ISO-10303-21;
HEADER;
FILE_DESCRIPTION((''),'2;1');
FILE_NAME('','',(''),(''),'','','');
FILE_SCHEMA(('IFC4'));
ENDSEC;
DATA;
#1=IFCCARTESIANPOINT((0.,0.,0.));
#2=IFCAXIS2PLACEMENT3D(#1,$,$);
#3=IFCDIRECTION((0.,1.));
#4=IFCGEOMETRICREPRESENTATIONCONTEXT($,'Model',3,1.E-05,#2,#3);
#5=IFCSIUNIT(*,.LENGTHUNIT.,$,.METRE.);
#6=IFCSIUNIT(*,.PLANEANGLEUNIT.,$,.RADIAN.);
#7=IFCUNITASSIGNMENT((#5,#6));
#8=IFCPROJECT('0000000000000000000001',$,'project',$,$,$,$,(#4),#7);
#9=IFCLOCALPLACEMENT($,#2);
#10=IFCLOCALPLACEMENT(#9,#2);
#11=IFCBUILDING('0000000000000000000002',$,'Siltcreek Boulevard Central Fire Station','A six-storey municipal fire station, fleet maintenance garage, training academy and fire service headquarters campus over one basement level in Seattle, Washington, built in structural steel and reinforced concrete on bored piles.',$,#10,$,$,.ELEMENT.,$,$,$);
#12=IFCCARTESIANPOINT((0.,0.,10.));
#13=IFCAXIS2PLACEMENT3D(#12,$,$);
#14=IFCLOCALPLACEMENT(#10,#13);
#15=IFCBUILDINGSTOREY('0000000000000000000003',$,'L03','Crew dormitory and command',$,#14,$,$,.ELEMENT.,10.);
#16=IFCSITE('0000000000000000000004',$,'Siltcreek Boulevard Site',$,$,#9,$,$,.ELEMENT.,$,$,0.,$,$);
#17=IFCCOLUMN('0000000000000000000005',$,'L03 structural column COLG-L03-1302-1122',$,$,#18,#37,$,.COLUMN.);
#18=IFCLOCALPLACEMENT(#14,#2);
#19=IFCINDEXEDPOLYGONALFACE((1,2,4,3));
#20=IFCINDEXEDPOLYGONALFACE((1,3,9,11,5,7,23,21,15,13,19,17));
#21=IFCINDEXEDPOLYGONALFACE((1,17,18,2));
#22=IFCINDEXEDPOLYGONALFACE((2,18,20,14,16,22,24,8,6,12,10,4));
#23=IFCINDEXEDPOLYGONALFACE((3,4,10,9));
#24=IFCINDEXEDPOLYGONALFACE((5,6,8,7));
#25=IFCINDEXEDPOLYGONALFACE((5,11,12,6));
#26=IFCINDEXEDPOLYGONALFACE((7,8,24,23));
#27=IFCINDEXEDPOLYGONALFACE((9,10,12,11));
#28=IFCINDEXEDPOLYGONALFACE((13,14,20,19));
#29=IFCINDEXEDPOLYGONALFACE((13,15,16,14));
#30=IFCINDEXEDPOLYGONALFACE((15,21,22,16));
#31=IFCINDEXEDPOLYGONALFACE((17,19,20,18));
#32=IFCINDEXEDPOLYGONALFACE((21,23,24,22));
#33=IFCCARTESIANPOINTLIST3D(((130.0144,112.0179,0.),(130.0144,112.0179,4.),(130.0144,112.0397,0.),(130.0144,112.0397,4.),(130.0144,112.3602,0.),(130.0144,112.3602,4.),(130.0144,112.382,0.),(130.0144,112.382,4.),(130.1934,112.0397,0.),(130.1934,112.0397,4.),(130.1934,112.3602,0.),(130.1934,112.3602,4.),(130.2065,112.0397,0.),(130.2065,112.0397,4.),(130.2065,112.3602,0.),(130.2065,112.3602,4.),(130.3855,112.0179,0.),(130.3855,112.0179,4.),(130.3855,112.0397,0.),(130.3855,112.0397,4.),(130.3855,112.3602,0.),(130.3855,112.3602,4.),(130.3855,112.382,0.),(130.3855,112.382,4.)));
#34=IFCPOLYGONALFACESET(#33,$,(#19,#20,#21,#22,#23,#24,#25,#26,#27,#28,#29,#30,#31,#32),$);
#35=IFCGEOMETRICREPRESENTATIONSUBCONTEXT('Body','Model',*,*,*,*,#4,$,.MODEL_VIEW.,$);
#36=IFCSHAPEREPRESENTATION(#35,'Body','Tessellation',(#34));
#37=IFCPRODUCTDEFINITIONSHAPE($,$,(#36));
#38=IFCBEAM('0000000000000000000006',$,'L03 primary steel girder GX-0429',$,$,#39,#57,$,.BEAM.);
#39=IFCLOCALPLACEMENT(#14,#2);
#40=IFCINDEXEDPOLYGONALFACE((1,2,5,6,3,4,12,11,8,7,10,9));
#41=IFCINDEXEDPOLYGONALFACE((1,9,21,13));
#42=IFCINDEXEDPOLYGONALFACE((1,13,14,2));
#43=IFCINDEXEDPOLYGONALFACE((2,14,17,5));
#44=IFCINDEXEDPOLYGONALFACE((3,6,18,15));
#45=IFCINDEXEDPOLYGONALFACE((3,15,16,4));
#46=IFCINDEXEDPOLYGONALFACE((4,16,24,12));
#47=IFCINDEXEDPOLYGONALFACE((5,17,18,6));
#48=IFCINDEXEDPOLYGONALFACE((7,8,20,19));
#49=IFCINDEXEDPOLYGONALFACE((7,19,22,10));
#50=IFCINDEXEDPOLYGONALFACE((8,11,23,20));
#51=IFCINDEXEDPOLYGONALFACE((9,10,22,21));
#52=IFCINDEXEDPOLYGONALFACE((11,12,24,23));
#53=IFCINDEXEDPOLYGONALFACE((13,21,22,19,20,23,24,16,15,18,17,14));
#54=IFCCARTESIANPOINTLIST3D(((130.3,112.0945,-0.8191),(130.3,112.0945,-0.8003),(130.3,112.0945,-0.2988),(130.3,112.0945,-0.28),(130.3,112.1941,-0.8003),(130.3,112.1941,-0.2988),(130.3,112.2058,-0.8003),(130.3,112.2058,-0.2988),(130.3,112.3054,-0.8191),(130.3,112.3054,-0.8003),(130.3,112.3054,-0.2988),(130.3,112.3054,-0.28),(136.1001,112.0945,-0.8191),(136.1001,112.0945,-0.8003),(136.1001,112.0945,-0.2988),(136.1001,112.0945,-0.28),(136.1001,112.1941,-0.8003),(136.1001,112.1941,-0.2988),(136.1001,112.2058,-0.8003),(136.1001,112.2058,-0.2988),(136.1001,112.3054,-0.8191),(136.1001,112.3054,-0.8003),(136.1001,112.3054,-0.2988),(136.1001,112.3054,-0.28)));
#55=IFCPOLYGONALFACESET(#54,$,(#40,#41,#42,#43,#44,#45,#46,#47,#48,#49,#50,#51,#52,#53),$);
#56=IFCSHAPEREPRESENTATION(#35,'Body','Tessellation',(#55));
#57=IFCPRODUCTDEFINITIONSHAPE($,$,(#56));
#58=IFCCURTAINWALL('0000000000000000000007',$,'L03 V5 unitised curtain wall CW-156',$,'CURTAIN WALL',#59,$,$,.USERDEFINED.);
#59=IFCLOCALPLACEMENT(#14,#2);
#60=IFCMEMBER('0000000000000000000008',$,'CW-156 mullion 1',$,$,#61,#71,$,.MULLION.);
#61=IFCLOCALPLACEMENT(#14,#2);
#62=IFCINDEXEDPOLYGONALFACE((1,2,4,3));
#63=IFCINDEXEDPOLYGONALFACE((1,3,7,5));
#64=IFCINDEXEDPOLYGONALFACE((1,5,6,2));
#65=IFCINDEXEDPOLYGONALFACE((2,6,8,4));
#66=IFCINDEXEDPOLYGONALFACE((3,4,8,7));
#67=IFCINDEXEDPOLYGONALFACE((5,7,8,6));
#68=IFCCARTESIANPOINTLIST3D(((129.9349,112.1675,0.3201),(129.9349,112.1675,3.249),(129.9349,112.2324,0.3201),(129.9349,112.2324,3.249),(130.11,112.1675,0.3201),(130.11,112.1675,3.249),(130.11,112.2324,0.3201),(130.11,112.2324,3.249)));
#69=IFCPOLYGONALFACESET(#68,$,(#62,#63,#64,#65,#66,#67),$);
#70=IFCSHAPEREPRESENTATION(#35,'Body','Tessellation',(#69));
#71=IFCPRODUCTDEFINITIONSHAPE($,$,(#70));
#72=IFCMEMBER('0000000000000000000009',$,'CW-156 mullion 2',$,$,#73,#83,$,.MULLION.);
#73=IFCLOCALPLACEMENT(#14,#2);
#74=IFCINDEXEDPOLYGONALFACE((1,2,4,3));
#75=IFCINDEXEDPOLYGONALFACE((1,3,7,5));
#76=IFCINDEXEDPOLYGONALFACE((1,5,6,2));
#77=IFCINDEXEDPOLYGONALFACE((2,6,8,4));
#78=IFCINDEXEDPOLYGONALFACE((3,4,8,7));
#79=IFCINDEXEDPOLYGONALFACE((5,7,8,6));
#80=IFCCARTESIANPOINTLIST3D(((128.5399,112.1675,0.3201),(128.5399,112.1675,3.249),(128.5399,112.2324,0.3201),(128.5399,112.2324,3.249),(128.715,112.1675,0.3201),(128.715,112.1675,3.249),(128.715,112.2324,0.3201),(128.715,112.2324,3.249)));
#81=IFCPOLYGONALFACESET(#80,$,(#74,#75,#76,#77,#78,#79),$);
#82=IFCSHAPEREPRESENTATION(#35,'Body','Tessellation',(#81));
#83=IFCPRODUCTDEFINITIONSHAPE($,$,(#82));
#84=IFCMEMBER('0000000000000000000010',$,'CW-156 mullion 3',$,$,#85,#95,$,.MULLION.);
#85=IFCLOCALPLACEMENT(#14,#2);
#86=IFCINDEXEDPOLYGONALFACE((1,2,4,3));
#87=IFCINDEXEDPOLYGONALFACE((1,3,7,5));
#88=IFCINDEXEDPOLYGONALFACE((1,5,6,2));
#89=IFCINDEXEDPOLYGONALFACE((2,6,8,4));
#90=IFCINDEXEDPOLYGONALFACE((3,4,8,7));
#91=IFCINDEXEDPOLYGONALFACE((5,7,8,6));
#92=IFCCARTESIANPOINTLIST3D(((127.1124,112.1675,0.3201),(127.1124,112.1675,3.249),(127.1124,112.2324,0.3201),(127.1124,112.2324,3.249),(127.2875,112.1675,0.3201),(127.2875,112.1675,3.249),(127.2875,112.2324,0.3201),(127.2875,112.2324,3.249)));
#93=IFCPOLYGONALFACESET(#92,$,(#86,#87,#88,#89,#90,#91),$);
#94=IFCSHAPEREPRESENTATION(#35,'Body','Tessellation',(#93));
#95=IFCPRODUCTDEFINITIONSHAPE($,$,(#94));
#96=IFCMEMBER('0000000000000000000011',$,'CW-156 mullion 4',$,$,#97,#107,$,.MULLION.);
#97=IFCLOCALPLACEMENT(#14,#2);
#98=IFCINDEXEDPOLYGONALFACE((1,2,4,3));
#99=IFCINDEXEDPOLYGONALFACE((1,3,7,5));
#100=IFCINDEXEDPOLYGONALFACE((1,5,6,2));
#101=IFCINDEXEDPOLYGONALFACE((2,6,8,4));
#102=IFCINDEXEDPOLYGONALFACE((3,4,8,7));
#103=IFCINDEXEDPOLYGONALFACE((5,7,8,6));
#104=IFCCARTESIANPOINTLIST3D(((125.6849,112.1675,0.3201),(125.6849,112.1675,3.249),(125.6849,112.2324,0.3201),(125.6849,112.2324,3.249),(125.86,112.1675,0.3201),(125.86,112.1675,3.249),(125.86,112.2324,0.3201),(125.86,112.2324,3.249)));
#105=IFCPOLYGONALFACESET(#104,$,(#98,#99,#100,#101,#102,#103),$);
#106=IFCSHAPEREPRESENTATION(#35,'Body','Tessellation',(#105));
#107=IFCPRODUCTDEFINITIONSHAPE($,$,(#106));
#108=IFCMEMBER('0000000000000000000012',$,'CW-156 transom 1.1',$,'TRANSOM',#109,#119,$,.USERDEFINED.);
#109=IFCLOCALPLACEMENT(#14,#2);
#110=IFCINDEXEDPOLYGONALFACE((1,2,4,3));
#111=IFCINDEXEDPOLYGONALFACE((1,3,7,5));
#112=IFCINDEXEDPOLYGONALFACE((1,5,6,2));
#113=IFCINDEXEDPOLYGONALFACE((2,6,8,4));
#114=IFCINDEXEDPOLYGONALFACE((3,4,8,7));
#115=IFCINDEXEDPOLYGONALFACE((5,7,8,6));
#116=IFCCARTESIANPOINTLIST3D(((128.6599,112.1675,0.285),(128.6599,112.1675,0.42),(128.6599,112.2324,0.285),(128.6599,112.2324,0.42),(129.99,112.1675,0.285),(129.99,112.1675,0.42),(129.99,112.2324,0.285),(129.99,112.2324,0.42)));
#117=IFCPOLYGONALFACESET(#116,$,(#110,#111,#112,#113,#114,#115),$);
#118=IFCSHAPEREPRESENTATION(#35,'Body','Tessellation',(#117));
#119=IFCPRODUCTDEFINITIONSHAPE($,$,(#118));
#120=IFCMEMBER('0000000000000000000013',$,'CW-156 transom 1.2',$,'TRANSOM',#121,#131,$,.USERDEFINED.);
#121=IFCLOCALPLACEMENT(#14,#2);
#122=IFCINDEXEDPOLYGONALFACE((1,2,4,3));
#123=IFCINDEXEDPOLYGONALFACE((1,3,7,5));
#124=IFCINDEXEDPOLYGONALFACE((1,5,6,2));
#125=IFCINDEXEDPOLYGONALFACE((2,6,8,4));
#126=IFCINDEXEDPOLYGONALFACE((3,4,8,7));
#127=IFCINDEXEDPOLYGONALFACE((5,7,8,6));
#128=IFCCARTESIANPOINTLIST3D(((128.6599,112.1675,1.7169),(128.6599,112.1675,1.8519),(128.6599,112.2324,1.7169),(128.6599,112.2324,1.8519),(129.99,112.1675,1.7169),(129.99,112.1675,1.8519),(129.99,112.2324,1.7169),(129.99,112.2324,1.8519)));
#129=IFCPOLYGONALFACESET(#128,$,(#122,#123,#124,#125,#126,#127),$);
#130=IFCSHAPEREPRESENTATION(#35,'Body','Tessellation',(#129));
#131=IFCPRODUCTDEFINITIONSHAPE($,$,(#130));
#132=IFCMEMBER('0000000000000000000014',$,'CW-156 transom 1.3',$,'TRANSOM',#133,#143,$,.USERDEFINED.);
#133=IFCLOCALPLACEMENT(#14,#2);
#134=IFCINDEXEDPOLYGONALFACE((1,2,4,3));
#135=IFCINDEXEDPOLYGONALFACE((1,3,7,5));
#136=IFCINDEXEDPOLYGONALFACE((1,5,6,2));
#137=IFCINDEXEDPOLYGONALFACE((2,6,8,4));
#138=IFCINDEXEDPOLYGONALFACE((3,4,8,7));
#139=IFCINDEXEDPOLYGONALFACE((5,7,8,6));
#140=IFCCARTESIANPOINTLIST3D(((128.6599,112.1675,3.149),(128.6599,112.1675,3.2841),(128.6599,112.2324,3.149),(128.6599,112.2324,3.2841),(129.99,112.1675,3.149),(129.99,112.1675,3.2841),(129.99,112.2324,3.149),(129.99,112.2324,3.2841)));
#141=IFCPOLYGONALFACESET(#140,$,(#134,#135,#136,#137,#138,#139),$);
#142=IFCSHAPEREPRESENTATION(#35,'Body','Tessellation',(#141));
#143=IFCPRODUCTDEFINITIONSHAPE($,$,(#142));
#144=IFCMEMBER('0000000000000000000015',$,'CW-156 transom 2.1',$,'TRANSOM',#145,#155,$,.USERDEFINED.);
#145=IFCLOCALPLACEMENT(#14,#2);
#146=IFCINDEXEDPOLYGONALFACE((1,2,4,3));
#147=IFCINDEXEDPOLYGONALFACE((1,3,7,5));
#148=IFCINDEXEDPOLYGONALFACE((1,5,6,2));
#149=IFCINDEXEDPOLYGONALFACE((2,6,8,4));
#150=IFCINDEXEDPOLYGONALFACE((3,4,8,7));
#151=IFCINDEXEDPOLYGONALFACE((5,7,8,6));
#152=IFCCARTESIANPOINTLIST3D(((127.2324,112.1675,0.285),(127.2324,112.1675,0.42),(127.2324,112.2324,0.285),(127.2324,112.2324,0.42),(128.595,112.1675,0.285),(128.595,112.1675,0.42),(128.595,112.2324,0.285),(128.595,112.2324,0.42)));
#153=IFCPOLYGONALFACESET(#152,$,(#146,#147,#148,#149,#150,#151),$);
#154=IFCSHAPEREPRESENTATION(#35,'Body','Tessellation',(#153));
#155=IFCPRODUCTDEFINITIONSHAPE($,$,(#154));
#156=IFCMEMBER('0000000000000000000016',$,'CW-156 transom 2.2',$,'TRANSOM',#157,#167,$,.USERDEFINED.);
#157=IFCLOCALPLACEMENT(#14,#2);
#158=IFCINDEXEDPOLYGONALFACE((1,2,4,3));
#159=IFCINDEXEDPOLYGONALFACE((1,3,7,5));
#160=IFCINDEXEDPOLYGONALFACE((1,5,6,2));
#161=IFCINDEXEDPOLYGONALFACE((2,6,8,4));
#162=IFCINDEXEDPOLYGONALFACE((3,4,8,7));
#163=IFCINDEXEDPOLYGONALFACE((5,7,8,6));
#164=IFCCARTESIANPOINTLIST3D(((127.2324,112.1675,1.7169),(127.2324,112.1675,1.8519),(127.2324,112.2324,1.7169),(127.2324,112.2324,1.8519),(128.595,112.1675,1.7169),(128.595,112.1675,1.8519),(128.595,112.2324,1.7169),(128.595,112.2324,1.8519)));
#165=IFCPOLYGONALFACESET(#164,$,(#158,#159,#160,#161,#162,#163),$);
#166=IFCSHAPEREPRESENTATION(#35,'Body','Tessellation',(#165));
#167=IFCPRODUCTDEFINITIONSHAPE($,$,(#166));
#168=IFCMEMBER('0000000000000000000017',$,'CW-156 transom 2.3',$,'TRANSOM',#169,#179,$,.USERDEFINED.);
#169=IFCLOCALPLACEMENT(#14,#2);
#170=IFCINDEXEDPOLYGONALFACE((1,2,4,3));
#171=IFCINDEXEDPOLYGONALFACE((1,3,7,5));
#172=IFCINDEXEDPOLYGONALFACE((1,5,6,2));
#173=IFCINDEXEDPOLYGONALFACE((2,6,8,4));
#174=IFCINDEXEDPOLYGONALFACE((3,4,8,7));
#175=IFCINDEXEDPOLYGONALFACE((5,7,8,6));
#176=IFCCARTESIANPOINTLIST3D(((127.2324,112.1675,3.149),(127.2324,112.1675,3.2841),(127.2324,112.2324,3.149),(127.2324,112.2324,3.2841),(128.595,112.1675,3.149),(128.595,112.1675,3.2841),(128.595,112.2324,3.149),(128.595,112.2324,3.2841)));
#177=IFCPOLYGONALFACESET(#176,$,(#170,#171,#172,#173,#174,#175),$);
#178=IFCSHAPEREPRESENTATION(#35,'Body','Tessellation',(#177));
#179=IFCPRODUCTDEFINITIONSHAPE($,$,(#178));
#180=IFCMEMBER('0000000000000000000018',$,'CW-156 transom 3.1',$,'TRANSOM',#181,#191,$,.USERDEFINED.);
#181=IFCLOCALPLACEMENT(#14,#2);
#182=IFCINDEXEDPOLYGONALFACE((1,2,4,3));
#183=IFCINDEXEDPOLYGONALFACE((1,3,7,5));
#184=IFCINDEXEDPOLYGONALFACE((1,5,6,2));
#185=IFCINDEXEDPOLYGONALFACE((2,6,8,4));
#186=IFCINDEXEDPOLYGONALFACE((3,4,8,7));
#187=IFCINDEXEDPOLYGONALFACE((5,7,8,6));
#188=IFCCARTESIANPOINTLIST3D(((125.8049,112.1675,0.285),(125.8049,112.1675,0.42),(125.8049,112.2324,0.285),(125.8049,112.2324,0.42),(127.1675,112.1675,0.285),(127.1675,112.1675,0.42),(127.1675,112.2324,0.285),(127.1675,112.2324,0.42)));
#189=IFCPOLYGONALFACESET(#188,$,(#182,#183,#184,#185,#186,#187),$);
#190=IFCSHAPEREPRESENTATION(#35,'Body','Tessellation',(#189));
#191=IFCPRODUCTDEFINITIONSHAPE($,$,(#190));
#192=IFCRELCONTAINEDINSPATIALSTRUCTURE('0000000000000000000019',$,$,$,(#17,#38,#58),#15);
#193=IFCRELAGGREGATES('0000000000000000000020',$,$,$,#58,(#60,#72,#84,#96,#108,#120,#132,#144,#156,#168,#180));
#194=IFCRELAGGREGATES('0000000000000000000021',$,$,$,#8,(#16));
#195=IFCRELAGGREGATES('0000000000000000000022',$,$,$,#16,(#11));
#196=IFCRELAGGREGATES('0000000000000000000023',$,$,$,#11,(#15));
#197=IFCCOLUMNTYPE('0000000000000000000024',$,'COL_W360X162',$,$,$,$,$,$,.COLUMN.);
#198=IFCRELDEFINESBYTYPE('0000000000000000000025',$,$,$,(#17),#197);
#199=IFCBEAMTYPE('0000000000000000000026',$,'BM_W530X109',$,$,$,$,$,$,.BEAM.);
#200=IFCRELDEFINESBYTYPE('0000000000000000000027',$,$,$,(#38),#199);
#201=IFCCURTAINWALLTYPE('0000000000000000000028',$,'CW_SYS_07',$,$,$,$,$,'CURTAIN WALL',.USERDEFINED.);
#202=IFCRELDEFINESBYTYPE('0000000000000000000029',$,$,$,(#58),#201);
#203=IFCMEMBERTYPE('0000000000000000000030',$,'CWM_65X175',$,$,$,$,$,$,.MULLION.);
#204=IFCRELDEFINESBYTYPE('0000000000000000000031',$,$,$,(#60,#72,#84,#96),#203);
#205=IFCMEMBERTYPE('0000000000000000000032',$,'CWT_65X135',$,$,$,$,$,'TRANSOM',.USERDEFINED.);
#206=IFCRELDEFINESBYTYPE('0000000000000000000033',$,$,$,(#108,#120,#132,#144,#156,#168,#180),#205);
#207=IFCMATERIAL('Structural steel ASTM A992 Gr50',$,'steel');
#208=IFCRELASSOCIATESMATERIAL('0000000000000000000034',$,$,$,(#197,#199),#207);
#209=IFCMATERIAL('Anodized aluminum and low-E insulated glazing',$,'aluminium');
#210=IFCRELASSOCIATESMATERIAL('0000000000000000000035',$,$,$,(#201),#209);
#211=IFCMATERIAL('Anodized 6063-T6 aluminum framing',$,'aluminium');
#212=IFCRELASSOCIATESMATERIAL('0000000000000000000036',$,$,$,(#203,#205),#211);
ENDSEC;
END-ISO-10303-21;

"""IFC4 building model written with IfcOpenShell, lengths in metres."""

from ifc_helpers import new_model, si_unit, direction, frame, origin, origin_2d, place, context, subcontext, project, spatial, rectangle, i_section, extrude, material, material_profile, profile_set, type_object, element, aggregate, save


model = new_model("IFC4")

# Units and contexts
model_context = context("Model", 3, precision=1e-05, world=origin(), true_north=direction((0.0, 1.0)))
body_context = subcontext(model_context, "Body", "Model", "MODEL_VIEW")
ifc_project = project(units=[si_unit("LENGTHUNIT", "METRE"), si_unit("PLANEANGLEUNIT", "RADIAN")], contexts=[model_context])

# Site, building, storey
site_placement = place(None, origin())
site = spatial("IfcSite", under=ifc_project, at=site_placement, Name="Siltcreek Boulevard Site", CompositionType="ELEMENT", RefElevation=0.0)
building_placement = place(site_placement, origin())
building = spatial("IfcBuilding", under=site, at=building_placement, Name="Siltcreek Boulevard Central Fire Station", Description="A six-storey municipal fire station, fleet maintenance garage, training academy and fire service headquarters campus over one basement level in Seattle, Washington, built in structural steel and reinforced concrete on bored piles.", CompositionType="ELEMENT")
storey_placement = place(building_placement, frame((0.0, 0.0, 10.0)))
storey = spatial("IfcBuildingStorey", under=building, at=storey_placement, Name="L03", Description="Crew dormitory and command", CompositionType="ELEMENT", Elevation=10.0)

# Column
ifc_material_1 = material(Name="Structural steel ASTM A992 Gr50", Category="steel")
ifc_material_profile_1 = material_profile(ifc_material_1, i_section(OverallWidth=0.3711, OverallDepth=0.364, WebThickness=0.0132, FlangeThickness=0.0217, at=origin_2d()), Name="W360X162")
ifc_profile_set_1 = profile_set([ifc_material_profile_1], Name="Structural steel ASTM A992 Gr50")
column_type = type_object("IfcColumnType", Name="COL_W360X162", PredefinedType="COLUMN", material=ifc_profile_set_1)
column_placement = place(storey_placement, frame((130.2, 112.2, 0.0), z_axis=(0.0, 0.0, 1.0), x_axis=(1.0, 0.0, 0.0)))
element("IfcColumn", 1, at=column_placement, inside=storey, type_object=column_type, Name="L03 structural column COLG-L03-1302-1122", PredefinedType="COLUMN", context=body_context, shape_type="SweptSolid", body=[
    extrude(i_section(OverallWidth=0.3711, OverallDepth=0.364, WebThickness=0.0132, FlangeThickness=0.0217, at=origin_2d()), origin(), (0.0, 0.0, 1.0), 4.0),
])

# Beam
ifc_material_profile_2 = material_profile(ifc_material_1, i_section(OverallWidth=0.2109, OverallDepth=0.5391, WebThickness=0.0117, FlangeThickness=0.0188, at=origin_2d()), Name="W530X109")
ifc_profile_set_2 = profile_set([ifc_material_profile_2], Name="Structural steel ASTM A992 Gr50")
beam_type = type_object("IfcBeamType", Name="BM_W530X109", PredefinedType="BEAM", material=ifc_profile_set_2)
beam_placement = place(storey_placement, frame((130.3, 112.2, -0.5496), z_axis=(1.0, 0.0, 0.0), x_axis=(0.0, 1.0, 0.0)))
element("IfcBeam", 2, at=beam_placement, inside=storey, type_object=beam_type, Name="L03 primary steel girder GX-0429", PredefinedType="BEAM", context=body_context, shape_type="SweptSolid", body=[
    extrude(i_section(OverallWidth=0.2109, OverallDepth=0.5391, WebThickness=0.0117, FlangeThickness=0.0188, at=origin_2d()), origin(), (0.0, 0.0, 1.0), 5.8),
])

# Curtain wall, members
ifc_material_2 = material(Name="Anodized aluminum and low-E insulated glazing", Category="aluminium")
curtain_wall_type = type_object("IfcCurtainWallType", Name="CW_SYS_07", ElementType="CURTAIN WALL", PredefinedType="USERDEFINED", material=ifc_material_2)
curtain_wall_placement = place(storey_placement, origin())
curtain_wall = element("IfcCurtainWall", 3, at=curtain_wall_placement, inside=storey, type_object=curtain_wall_type, Name="L03 V5 unitised curtain wall CW-156", ObjectType="CURTAIN WALL", PredefinedType="USERDEFINED")
ifc_material_3 = material(Name="Anodized 6063-T6 aluminum framing", Category="aluminium")
ifc_material_profile_3 = material_profile(ifc_material_3, rectangle(XDim=0.0649, YDim=0.175, at=origin_2d()), Name="MULL65X175")
ifc_profile_set_3 = profile_set([ifc_material_profile_3], Name="Anodized 6063-T6 aluminum framing")
member_type_1 = type_object("IfcMemberType", Name="CWM_65X175", PredefinedType="MULLION", material=ifc_profile_set_3)
member_1_placement = place(storey_placement, frame((130.0225, 112.2, 0.3201), z_axis=(0.0, 0.0, 1.0), x_axis=(0.0, -1.0, 0.0)))
member_1 = element("IfcMember", 4, at=member_1_placement, type_object=member_type_1, Name="CW-156 mullion 1", PredefinedType="MULLION", context=body_context, shape_type="SweptSolid", body=[
    extrude(rectangle(XDim=0.0649, YDim=0.175, at=origin_2d()), origin(), (0.0, 0.0, 1.0), 2.929),
])
member_2_placement = place(storey_placement, frame((128.6274, 112.2, 0.3201), z_axis=(0.0, 0.0, 1.0), x_axis=(0.0, -1.0, 0.0)))
member_2 = element("IfcMember", 5, at=member_2_placement, type_object=member_type_1, Name="CW-156 mullion 2", PredefinedType="MULLION", context=body_context, shape_type="SweptSolid", body=[
    extrude(rectangle(XDim=0.0649, YDim=0.175, at=origin_2d()), origin(), (0.0, 0.0, 1.0), 2.929),
])
member_3_placement = place(storey_placement, frame((127.2, 112.2, 0.3201), z_axis=(0.0, 0.0, 1.0), x_axis=(0.0, -1.0, 0.0)))
member_3 = element("IfcMember", 6, at=member_3_placement, type_object=member_type_1, Name="CW-156 mullion 3", PredefinedType="MULLION", context=body_context, shape_type="SweptSolid", body=[
    extrude(rectangle(XDim=0.0649, YDim=0.175, at=origin_2d()), origin(), (0.0, 0.0, 1.0), 2.929),
])
member_4_placement = place(storey_placement, frame((125.7725, 112.2, 0.3201), z_axis=(0.0, 0.0, 1.0), x_axis=(0.0, -1.0, 0.0)))
member_4 = element("IfcMember", 7, at=member_4_placement, type_object=member_type_1, Name="CW-156 mullion 4", PredefinedType="MULLION", context=body_context, shape_type="SweptSolid", body=[
    extrude(rectangle(XDim=0.0649, YDim=0.175, at=origin_2d()), origin(), (0.0, 0.0, 1.0), 2.929),
])
ifc_material_profile_4 = material_profile(ifc_material_3, rectangle(XDim=0.0649, YDim=0.135, at=origin_2d()), Name="TRAN65X135")
ifc_profile_set_4 = profile_set([ifc_material_profile_4], Name="Anodized 6063-T6 aluminum framing")
member_type_2 = type_object("IfcMemberType", Name="CWT_65X135", ElementType="TRANSOM", PredefinedType="USERDEFINED", material=ifc_profile_set_4)
member_5_placement = place(storey_placement, frame((129.99, 112.2, 0.3525), z_axis=(-1.0, 0.0, 0.0), x_axis=(0.0, -1.0, 0.0)))
member_5 = element("IfcMember", 8, at=member_5_placement, type_object=member_type_2, Name="CW-156 transom 1.1", ObjectType="TRANSOM", PredefinedType="USERDEFINED", context=body_context, shape_type="SweptSolid", body=[
    extrude(rectangle(XDim=0.0649, YDim=0.135, at=origin_2d()), origin(), (0.0, 0.0, 1.0), 1.3301),
])
member_6_placement = place(storey_placement, frame((129.99, 112.2, 1.7844), z_axis=(-1.0, 0.0, 0.0), x_axis=(0.0, -1.0, 0.0)))
member_6 = element("IfcMember", 9, at=member_6_placement, type_object=member_type_2, Name="CW-156 transom 1.2", ObjectType="TRANSOM", PredefinedType="USERDEFINED", context=body_context, shape_type="SweptSolid", body=[
    extrude(rectangle(XDim=0.0649, YDim=0.135, at=origin_2d()), origin(), (0.0, 0.0, 1.0), 1.3301),
])
member_7_placement = place(storey_placement, frame((129.99, 112.2, 3.2166), z_axis=(-1.0, 0.0, 0.0), x_axis=(0.0, -1.0, 0.0)))
member_7 = element("IfcMember", 10, at=member_7_placement, type_object=member_type_2, Name="CW-156 transom 1.3", ObjectType="TRANSOM", PredefinedType="USERDEFINED", context=body_context, shape_type="SweptSolid", body=[
    extrude(rectangle(XDim=0.0649, YDim=0.135, at=origin_2d()), origin(), (0.0, 0.0, 1.0), 1.3301),
])
member_8_placement = place(storey_placement, frame((128.595, 112.2, 0.3525), z_axis=(-1.0, 0.0, 0.0), x_axis=(0.0, -1.0, 0.0)))
member_8 = element("IfcMember", 11, at=member_8_placement, type_object=member_type_2, Name="CW-156 transom 2.1", ObjectType="TRANSOM", PredefinedType="USERDEFINED", context=body_context, shape_type="SweptSolid", body=[
    extrude(rectangle(XDim=0.0649, YDim=0.135, at=origin_2d()), origin(), (0.0, 0.0, 1.0), 1.3625),
])
member_9_placement = place(storey_placement, frame((128.595, 112.2, 1.7844), z_axis=(-1.0, 0.0, 0.0), x_axis=(0.0, -1.0, 0.0)))
member_9 = element("IfcMember", 12, at=member_9_placement, type_object=member_type_2, Name="CW-156 transom 2.2", ObjectType="TRANSOM", PredefinedType="USERDEFINED", context=body_context, shape_type="SweptSolid", body=[
    extrude(rectangle(XDim=0.0649, YDim=0.135, at=origin_2d()), origin(), (0.0, 0.0, 1.0), 1.3625),
])
member_10_placement = place(storey_placement, frame((128.595, 112.2, 3.2166), z_axis=(-1.0, 0.0, 0.0), x_axis=(0.0, -1.0, 0.0)))
member_10 = element("IfcMember", 13, at=member_10_placement, type_object=member_type_2, Name="CW-156 transom 2.3", ObjectType="TRANSOM", PredefinedType="USERDEFINED", context=body_context, shape_type="SweptSolid", body=[
    extrude(rectangle(XDim=0.0649, YDim=0.135, at=origin_2d()), origin(), (0.0, 0.0, 1.0), 1.3625),
])
member_11_placement = place(storey_placement, frame((127.1675, 112.2, 0.3525), z_axis=(-1.0, 0.0, 0.0), x_axis=(0.0, -1.0, 0.0)))
member_11 = element("IfcMember", 14, at=member_11_placement, type_object=member_type_2, Name="CW-156 transom 3.1", ObjectType="TRANSOM", PredefinedType="USERDEFINED", context=body_context, shape_type="SweptSolid", body=[
    extrude(rectangle(XDim=0.0649, YDim=0.135, at=origin_2d()), origin(), (0.0, 0.0, 1.0), 1.3625),
])
aggregate(curtain_wall, [member_1, member_2, member_3, member_4, member_5, member_6, member_7, member_8, member_9, member_10, member_11])

save(model, "model.ifc")
